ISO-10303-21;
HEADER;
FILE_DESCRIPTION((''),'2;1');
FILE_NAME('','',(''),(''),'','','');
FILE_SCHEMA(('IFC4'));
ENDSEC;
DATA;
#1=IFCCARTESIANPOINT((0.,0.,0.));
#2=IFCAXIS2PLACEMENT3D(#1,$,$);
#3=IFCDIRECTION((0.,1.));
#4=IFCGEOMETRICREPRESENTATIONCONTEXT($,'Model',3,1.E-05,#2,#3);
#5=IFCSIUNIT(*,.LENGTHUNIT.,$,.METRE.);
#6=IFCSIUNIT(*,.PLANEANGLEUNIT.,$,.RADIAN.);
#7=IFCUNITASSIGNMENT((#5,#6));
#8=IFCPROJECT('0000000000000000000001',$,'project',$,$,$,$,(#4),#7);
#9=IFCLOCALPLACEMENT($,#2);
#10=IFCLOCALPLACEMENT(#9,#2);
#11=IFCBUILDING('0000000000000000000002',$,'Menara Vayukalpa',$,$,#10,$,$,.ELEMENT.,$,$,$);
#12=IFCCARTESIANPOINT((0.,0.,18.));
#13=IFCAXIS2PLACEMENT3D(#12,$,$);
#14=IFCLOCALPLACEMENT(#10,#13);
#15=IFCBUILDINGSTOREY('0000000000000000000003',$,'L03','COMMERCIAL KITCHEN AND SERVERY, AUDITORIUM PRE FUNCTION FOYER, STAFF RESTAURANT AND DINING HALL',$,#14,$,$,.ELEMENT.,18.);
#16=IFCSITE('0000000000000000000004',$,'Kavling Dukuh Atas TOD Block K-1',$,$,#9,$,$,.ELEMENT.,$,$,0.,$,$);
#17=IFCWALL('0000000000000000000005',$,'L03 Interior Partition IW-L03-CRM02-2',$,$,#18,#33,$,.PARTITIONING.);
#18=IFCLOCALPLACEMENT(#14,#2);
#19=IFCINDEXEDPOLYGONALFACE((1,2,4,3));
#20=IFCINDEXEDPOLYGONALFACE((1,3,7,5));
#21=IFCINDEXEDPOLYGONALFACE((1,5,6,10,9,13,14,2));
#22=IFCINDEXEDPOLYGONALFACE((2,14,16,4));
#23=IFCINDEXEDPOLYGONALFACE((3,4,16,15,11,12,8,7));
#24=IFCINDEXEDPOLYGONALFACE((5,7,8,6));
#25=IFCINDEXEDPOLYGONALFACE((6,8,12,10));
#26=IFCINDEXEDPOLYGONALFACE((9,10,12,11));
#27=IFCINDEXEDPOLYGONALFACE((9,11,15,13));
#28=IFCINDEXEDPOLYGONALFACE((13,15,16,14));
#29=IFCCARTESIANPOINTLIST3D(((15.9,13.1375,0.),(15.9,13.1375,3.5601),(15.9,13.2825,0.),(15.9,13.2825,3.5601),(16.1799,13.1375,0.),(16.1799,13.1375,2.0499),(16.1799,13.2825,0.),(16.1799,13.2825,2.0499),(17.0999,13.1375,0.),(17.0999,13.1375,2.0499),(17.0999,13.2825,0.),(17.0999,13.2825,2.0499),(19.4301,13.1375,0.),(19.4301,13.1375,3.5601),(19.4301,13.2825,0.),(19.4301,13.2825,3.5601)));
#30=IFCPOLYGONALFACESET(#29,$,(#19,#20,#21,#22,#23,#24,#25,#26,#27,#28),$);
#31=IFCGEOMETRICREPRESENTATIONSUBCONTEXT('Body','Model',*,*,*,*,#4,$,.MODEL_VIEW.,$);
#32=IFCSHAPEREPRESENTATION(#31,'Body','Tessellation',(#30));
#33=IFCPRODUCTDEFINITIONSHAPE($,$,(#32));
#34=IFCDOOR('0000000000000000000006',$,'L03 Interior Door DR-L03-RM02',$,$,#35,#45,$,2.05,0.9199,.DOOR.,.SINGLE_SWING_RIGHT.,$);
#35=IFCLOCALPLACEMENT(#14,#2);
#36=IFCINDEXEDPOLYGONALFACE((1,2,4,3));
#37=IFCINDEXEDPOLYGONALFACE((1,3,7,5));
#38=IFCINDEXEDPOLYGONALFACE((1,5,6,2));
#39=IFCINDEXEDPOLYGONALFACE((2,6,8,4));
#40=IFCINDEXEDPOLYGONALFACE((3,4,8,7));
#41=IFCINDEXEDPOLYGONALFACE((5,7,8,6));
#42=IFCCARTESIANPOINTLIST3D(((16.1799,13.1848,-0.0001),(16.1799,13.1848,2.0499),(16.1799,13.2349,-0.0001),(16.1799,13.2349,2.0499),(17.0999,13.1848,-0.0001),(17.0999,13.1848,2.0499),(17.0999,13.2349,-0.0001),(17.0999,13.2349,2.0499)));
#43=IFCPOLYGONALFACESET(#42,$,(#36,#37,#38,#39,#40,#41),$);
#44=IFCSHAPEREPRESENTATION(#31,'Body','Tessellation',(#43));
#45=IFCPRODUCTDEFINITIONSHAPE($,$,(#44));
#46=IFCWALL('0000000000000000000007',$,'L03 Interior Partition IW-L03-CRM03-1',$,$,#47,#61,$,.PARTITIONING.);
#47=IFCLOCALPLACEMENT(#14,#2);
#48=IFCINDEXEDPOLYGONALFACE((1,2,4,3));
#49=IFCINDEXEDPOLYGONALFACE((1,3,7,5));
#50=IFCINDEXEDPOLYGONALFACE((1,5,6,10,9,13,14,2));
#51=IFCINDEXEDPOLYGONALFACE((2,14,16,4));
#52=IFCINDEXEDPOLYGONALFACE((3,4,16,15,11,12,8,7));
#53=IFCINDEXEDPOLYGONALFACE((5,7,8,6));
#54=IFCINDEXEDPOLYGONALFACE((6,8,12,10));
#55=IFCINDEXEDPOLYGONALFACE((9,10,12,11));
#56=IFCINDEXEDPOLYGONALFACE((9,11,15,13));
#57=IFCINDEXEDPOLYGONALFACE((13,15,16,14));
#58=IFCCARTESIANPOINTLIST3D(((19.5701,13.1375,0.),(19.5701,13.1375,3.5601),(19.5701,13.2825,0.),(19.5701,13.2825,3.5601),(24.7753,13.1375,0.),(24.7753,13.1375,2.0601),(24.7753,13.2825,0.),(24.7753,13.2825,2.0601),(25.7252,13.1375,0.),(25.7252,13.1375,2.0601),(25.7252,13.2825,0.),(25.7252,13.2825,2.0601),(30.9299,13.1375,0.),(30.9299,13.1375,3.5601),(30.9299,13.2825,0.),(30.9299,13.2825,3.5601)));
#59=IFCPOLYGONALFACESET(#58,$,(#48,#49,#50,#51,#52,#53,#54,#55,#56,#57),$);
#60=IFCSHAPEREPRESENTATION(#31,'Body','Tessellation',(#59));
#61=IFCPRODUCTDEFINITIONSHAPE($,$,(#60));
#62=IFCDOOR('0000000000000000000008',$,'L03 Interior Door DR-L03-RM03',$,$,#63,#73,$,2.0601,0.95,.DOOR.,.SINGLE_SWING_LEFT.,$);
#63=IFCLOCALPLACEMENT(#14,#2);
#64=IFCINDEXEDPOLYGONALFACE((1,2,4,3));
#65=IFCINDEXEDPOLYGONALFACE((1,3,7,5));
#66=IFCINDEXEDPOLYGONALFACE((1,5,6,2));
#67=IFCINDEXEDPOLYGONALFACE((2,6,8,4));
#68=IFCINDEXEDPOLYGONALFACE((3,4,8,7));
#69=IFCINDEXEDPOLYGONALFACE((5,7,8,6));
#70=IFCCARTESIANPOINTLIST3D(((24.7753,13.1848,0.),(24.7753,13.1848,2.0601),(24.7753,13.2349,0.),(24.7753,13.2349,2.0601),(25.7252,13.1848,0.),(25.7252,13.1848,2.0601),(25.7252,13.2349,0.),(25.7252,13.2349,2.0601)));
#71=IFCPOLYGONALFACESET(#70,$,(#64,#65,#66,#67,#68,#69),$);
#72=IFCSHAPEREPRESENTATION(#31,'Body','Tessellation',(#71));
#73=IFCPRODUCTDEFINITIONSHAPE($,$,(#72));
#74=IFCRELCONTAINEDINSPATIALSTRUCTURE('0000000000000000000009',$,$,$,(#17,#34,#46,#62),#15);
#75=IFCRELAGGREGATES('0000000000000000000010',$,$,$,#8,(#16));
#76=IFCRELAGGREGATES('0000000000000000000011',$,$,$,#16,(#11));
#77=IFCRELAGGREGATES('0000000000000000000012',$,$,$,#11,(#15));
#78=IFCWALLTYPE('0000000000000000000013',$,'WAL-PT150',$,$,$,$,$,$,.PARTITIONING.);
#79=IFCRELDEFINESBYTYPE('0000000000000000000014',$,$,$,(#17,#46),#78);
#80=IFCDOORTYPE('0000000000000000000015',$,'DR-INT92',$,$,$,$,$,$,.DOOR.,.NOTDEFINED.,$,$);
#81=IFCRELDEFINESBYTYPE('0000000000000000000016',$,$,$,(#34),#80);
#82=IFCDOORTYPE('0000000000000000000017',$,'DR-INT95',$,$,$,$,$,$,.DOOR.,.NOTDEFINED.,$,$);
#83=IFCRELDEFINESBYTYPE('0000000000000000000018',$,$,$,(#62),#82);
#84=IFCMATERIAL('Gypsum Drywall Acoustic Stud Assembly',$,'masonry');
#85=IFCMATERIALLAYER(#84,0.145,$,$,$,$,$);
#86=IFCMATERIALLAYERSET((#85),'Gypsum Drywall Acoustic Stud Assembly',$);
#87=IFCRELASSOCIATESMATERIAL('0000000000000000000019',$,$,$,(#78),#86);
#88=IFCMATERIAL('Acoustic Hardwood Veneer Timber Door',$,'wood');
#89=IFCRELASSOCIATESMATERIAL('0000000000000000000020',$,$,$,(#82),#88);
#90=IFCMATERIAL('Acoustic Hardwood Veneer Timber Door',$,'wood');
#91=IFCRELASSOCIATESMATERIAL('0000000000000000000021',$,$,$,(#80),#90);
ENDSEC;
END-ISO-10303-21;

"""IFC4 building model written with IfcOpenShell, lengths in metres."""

from ifc_helpers import new_model, si_unit, direction, frame, frame_2d, origin, place, context, subcontext, project, spatial, rectangle, extrude, material, layer, layer_set, type_object, element, fill, save


model = new_model("IFC4")

# Units and contexts
model_context = context("Model", 3, precision=1e-05, world=origin(), true_north=direction((0.0, 1.0)))
body_context = subcontext(model_context, "Body", "Model", "MODEL_VIEW")
ifc_project = project(units=[si_unit("LENGTHUNIT", "METRE"), si_unit("PLANEANGLEUNIT", "RADIAN")], contexts=[model_context])

# Site, building, storey
site_placement = place(None, origin())
site = spatial("IfcSite", under=ifc_project, at=site_placement, Name="Kavling Dukuh Atas TOD Block K-1", CompositionType="ELEMENT", RefElevation=0.0)
building_placement = place(site_placement, origin())
building = spatial("IfcBuilding", under=site, at=building_placement, Name="Menara Vayukalpa", CompositionType="ELEMENT")
storey_placement = place(building_placement, frame((0.0, 0.0, 18.0)))
storey = spatial("IfcBuildingStorey", under=building, at=storey_placement, Name="L03", Description="COMMERCIAL KITCHEN AND SERVERY, AUDITORIUM PRE FUNCTION FOYER, STAFF RESTAURANT AND DINING HALL", CompositionType="ELEMENT", Elevation=18.0)

# Shared definitions
ifc_material_1 = material(Name="Gypsum Drywall Acoustic Stud Assembly", Category="masonry")
ifc_layer_1 = layer(ifc_material_1, 0.145)
ifc_layer_set_1 = layer_set([ifc_layer_1], Name="Gypsum Drywall Acoustic Stud Assembly")
wall_type_1 = type_object("IfcWallType", Name="WAL-PT150", PredefinedType="PARTITIONING", material=ifc_layer_set_1)
ifc_material_2 = material(Name="Acoustic Hardwood Veneer Timber Door", Category="wood")
door_type_1 = type_object("IfcDoorType", Name="DR-INT95", OperationType="NOTDEFINED", PredefinedType="DOOR", material=ifc_material_2)

# Walls, openings, doors
wall_1_placement = place(storey_placement, frame((15.8999, 13.21, 0.0), z_axis=(0.0, 0.0, 1.0), x_axis=(1.0, 0.0, 0.0)))
wall_1 = element("IfcWall", 1, at=wall_1_placement, inside=storey, type_object=wall_type_1, Name="L03 Interior Partition IW-L03-CRM02-2", PredefinedType="PARTITIONING", context=body_context, shape_type="SweptSolid", body=[
    extrude(rectangle(XDim=3.53, YDim=0.145, at=frame_2d((1.7651, 0.0))), origin(), (0.0, 0.0, 1.0), 3.5601),
])
opening_1_placement = place(wall_1_placement, frame((0.28, 0.0, 0.0)))
opening_1 = element("IfcOpeningElement", 2, at=opening_1_placement, cuts=wall_1, PredefinedType="OPENING", context=body_context, shape_type="SweptSolid", body=[
    extrude(rectangle(XDim=0.9199, YDim=2.05, at=frame_2d((0.46, 1.0249))), frame((0.0, 0.0825, 0.0), z_axis=(0.0, -1.0, 0.0), x_axis=(1.0, 0.0, 0.0)), (0.0, 0.0, 1.0), 0.165),
])
ifc_material_3 = material(Name="Acoustic Hardwood Veneer Timber Door", Category="wood")
door_type_2 = type_object("IfcDoorType", Name="DR-INT92", OperationType="NOTDEFINED", PredefinedType="DOOR", material=ifc_material_3)
door_1_placement = place(opening_1_placement, origin())
door_1 = element("IfcDoor", 3, at=door_1_placement, inside=storey, type_object=door_type_2, Name="L03 Interior Door DR-L03-RM02", OperationType="SINGLE_SWING_RIGHT", OverallHeight=2.05, OverallWidth=0.9199, PredefinedType="DOOR", context=body_context, shape_type="SweptSolid", body=[
    extrude(rectangle(XDim=0.9199, YDim=2.05, at=frame_2d((0.46, 1.0249))), frame((0.0, 0.0249, 0.0), z_axis=(0.0, -1.0, 0.0), x_axis=(1.0, 0.0, 0.0)), (0.0, 0.0, 1.0), 0.05),
])
fill(opening_1, door_1)
wall_2_placement = place(storey_placement, frame((19.5701, 13.21, 0.0), z_axis=(0.0, 0.0, 1.0), x_axis=(1.0, 0.0, 0.0)))
wall_2 = element("IfcWall", 4, at=wall_2_placement, inside=storey, type_object=wall_type_1, Name="L03 Interior Partition IW-L03-CRM03-1", PredefinedType="PARTITIONING", context=body_context, shape_type="SweptSolid", body=[
    extrude(rectangle(XDim=11.3599, YDim=0.145, at=frame_2d((5.6799, 0.0))), origin(), (0.0, 0.0, 1.0), 3.5601),
])
opening_2_placement = place(wall_2_placement, frame((5.2051, 0.0, 0.0)))
opening_2 = element("IfcOpeningElement", 5, at=opening_2_placement, cuts=wall_2, PredefinedType="OPENING", context=body_context, shape_type="SweptSolid", body=[
    extrude(rectangle(XDim=0.95, YDim=2.0601, at=frame_2d((0.4751, 1.03))), frame((0.0, 0.0825, 0.0), z_axis=(0.0, -1.0, 0.0), x_axis=(1.0, 0.0, 0.0)), (0.0, 0.0, 1.0), 0.165),
])
door_2_placement = place(opening_2_placement, origin())
door_2 = element("IfcDoor", 6, at=door_2_placement, inside=storey, type_object=door_type_1, Name="L03 Interior Door DR-L03-RM03", OperationType="SINGLE_SWING_LEFT", OverallHeight=2.0601, OverallWidth=0.95, PredefinedType="DOOR", context=body_context, shape_type="SweptSolid", body=[
    extrude(rectangle(XDim=0.95, YDim=2.0601, at=frame_2d((0.4751, 1.03))), frame((0.0, 0.0249, 0.0), z_axis=(0.0, -1.0, 0.0), x_axis=(1.0, 0.0, 0.0)), (0.0, 0.0, 1.0), 0.05),
])
fill(opening_2, door_2)

save(model, "model.ifc")
